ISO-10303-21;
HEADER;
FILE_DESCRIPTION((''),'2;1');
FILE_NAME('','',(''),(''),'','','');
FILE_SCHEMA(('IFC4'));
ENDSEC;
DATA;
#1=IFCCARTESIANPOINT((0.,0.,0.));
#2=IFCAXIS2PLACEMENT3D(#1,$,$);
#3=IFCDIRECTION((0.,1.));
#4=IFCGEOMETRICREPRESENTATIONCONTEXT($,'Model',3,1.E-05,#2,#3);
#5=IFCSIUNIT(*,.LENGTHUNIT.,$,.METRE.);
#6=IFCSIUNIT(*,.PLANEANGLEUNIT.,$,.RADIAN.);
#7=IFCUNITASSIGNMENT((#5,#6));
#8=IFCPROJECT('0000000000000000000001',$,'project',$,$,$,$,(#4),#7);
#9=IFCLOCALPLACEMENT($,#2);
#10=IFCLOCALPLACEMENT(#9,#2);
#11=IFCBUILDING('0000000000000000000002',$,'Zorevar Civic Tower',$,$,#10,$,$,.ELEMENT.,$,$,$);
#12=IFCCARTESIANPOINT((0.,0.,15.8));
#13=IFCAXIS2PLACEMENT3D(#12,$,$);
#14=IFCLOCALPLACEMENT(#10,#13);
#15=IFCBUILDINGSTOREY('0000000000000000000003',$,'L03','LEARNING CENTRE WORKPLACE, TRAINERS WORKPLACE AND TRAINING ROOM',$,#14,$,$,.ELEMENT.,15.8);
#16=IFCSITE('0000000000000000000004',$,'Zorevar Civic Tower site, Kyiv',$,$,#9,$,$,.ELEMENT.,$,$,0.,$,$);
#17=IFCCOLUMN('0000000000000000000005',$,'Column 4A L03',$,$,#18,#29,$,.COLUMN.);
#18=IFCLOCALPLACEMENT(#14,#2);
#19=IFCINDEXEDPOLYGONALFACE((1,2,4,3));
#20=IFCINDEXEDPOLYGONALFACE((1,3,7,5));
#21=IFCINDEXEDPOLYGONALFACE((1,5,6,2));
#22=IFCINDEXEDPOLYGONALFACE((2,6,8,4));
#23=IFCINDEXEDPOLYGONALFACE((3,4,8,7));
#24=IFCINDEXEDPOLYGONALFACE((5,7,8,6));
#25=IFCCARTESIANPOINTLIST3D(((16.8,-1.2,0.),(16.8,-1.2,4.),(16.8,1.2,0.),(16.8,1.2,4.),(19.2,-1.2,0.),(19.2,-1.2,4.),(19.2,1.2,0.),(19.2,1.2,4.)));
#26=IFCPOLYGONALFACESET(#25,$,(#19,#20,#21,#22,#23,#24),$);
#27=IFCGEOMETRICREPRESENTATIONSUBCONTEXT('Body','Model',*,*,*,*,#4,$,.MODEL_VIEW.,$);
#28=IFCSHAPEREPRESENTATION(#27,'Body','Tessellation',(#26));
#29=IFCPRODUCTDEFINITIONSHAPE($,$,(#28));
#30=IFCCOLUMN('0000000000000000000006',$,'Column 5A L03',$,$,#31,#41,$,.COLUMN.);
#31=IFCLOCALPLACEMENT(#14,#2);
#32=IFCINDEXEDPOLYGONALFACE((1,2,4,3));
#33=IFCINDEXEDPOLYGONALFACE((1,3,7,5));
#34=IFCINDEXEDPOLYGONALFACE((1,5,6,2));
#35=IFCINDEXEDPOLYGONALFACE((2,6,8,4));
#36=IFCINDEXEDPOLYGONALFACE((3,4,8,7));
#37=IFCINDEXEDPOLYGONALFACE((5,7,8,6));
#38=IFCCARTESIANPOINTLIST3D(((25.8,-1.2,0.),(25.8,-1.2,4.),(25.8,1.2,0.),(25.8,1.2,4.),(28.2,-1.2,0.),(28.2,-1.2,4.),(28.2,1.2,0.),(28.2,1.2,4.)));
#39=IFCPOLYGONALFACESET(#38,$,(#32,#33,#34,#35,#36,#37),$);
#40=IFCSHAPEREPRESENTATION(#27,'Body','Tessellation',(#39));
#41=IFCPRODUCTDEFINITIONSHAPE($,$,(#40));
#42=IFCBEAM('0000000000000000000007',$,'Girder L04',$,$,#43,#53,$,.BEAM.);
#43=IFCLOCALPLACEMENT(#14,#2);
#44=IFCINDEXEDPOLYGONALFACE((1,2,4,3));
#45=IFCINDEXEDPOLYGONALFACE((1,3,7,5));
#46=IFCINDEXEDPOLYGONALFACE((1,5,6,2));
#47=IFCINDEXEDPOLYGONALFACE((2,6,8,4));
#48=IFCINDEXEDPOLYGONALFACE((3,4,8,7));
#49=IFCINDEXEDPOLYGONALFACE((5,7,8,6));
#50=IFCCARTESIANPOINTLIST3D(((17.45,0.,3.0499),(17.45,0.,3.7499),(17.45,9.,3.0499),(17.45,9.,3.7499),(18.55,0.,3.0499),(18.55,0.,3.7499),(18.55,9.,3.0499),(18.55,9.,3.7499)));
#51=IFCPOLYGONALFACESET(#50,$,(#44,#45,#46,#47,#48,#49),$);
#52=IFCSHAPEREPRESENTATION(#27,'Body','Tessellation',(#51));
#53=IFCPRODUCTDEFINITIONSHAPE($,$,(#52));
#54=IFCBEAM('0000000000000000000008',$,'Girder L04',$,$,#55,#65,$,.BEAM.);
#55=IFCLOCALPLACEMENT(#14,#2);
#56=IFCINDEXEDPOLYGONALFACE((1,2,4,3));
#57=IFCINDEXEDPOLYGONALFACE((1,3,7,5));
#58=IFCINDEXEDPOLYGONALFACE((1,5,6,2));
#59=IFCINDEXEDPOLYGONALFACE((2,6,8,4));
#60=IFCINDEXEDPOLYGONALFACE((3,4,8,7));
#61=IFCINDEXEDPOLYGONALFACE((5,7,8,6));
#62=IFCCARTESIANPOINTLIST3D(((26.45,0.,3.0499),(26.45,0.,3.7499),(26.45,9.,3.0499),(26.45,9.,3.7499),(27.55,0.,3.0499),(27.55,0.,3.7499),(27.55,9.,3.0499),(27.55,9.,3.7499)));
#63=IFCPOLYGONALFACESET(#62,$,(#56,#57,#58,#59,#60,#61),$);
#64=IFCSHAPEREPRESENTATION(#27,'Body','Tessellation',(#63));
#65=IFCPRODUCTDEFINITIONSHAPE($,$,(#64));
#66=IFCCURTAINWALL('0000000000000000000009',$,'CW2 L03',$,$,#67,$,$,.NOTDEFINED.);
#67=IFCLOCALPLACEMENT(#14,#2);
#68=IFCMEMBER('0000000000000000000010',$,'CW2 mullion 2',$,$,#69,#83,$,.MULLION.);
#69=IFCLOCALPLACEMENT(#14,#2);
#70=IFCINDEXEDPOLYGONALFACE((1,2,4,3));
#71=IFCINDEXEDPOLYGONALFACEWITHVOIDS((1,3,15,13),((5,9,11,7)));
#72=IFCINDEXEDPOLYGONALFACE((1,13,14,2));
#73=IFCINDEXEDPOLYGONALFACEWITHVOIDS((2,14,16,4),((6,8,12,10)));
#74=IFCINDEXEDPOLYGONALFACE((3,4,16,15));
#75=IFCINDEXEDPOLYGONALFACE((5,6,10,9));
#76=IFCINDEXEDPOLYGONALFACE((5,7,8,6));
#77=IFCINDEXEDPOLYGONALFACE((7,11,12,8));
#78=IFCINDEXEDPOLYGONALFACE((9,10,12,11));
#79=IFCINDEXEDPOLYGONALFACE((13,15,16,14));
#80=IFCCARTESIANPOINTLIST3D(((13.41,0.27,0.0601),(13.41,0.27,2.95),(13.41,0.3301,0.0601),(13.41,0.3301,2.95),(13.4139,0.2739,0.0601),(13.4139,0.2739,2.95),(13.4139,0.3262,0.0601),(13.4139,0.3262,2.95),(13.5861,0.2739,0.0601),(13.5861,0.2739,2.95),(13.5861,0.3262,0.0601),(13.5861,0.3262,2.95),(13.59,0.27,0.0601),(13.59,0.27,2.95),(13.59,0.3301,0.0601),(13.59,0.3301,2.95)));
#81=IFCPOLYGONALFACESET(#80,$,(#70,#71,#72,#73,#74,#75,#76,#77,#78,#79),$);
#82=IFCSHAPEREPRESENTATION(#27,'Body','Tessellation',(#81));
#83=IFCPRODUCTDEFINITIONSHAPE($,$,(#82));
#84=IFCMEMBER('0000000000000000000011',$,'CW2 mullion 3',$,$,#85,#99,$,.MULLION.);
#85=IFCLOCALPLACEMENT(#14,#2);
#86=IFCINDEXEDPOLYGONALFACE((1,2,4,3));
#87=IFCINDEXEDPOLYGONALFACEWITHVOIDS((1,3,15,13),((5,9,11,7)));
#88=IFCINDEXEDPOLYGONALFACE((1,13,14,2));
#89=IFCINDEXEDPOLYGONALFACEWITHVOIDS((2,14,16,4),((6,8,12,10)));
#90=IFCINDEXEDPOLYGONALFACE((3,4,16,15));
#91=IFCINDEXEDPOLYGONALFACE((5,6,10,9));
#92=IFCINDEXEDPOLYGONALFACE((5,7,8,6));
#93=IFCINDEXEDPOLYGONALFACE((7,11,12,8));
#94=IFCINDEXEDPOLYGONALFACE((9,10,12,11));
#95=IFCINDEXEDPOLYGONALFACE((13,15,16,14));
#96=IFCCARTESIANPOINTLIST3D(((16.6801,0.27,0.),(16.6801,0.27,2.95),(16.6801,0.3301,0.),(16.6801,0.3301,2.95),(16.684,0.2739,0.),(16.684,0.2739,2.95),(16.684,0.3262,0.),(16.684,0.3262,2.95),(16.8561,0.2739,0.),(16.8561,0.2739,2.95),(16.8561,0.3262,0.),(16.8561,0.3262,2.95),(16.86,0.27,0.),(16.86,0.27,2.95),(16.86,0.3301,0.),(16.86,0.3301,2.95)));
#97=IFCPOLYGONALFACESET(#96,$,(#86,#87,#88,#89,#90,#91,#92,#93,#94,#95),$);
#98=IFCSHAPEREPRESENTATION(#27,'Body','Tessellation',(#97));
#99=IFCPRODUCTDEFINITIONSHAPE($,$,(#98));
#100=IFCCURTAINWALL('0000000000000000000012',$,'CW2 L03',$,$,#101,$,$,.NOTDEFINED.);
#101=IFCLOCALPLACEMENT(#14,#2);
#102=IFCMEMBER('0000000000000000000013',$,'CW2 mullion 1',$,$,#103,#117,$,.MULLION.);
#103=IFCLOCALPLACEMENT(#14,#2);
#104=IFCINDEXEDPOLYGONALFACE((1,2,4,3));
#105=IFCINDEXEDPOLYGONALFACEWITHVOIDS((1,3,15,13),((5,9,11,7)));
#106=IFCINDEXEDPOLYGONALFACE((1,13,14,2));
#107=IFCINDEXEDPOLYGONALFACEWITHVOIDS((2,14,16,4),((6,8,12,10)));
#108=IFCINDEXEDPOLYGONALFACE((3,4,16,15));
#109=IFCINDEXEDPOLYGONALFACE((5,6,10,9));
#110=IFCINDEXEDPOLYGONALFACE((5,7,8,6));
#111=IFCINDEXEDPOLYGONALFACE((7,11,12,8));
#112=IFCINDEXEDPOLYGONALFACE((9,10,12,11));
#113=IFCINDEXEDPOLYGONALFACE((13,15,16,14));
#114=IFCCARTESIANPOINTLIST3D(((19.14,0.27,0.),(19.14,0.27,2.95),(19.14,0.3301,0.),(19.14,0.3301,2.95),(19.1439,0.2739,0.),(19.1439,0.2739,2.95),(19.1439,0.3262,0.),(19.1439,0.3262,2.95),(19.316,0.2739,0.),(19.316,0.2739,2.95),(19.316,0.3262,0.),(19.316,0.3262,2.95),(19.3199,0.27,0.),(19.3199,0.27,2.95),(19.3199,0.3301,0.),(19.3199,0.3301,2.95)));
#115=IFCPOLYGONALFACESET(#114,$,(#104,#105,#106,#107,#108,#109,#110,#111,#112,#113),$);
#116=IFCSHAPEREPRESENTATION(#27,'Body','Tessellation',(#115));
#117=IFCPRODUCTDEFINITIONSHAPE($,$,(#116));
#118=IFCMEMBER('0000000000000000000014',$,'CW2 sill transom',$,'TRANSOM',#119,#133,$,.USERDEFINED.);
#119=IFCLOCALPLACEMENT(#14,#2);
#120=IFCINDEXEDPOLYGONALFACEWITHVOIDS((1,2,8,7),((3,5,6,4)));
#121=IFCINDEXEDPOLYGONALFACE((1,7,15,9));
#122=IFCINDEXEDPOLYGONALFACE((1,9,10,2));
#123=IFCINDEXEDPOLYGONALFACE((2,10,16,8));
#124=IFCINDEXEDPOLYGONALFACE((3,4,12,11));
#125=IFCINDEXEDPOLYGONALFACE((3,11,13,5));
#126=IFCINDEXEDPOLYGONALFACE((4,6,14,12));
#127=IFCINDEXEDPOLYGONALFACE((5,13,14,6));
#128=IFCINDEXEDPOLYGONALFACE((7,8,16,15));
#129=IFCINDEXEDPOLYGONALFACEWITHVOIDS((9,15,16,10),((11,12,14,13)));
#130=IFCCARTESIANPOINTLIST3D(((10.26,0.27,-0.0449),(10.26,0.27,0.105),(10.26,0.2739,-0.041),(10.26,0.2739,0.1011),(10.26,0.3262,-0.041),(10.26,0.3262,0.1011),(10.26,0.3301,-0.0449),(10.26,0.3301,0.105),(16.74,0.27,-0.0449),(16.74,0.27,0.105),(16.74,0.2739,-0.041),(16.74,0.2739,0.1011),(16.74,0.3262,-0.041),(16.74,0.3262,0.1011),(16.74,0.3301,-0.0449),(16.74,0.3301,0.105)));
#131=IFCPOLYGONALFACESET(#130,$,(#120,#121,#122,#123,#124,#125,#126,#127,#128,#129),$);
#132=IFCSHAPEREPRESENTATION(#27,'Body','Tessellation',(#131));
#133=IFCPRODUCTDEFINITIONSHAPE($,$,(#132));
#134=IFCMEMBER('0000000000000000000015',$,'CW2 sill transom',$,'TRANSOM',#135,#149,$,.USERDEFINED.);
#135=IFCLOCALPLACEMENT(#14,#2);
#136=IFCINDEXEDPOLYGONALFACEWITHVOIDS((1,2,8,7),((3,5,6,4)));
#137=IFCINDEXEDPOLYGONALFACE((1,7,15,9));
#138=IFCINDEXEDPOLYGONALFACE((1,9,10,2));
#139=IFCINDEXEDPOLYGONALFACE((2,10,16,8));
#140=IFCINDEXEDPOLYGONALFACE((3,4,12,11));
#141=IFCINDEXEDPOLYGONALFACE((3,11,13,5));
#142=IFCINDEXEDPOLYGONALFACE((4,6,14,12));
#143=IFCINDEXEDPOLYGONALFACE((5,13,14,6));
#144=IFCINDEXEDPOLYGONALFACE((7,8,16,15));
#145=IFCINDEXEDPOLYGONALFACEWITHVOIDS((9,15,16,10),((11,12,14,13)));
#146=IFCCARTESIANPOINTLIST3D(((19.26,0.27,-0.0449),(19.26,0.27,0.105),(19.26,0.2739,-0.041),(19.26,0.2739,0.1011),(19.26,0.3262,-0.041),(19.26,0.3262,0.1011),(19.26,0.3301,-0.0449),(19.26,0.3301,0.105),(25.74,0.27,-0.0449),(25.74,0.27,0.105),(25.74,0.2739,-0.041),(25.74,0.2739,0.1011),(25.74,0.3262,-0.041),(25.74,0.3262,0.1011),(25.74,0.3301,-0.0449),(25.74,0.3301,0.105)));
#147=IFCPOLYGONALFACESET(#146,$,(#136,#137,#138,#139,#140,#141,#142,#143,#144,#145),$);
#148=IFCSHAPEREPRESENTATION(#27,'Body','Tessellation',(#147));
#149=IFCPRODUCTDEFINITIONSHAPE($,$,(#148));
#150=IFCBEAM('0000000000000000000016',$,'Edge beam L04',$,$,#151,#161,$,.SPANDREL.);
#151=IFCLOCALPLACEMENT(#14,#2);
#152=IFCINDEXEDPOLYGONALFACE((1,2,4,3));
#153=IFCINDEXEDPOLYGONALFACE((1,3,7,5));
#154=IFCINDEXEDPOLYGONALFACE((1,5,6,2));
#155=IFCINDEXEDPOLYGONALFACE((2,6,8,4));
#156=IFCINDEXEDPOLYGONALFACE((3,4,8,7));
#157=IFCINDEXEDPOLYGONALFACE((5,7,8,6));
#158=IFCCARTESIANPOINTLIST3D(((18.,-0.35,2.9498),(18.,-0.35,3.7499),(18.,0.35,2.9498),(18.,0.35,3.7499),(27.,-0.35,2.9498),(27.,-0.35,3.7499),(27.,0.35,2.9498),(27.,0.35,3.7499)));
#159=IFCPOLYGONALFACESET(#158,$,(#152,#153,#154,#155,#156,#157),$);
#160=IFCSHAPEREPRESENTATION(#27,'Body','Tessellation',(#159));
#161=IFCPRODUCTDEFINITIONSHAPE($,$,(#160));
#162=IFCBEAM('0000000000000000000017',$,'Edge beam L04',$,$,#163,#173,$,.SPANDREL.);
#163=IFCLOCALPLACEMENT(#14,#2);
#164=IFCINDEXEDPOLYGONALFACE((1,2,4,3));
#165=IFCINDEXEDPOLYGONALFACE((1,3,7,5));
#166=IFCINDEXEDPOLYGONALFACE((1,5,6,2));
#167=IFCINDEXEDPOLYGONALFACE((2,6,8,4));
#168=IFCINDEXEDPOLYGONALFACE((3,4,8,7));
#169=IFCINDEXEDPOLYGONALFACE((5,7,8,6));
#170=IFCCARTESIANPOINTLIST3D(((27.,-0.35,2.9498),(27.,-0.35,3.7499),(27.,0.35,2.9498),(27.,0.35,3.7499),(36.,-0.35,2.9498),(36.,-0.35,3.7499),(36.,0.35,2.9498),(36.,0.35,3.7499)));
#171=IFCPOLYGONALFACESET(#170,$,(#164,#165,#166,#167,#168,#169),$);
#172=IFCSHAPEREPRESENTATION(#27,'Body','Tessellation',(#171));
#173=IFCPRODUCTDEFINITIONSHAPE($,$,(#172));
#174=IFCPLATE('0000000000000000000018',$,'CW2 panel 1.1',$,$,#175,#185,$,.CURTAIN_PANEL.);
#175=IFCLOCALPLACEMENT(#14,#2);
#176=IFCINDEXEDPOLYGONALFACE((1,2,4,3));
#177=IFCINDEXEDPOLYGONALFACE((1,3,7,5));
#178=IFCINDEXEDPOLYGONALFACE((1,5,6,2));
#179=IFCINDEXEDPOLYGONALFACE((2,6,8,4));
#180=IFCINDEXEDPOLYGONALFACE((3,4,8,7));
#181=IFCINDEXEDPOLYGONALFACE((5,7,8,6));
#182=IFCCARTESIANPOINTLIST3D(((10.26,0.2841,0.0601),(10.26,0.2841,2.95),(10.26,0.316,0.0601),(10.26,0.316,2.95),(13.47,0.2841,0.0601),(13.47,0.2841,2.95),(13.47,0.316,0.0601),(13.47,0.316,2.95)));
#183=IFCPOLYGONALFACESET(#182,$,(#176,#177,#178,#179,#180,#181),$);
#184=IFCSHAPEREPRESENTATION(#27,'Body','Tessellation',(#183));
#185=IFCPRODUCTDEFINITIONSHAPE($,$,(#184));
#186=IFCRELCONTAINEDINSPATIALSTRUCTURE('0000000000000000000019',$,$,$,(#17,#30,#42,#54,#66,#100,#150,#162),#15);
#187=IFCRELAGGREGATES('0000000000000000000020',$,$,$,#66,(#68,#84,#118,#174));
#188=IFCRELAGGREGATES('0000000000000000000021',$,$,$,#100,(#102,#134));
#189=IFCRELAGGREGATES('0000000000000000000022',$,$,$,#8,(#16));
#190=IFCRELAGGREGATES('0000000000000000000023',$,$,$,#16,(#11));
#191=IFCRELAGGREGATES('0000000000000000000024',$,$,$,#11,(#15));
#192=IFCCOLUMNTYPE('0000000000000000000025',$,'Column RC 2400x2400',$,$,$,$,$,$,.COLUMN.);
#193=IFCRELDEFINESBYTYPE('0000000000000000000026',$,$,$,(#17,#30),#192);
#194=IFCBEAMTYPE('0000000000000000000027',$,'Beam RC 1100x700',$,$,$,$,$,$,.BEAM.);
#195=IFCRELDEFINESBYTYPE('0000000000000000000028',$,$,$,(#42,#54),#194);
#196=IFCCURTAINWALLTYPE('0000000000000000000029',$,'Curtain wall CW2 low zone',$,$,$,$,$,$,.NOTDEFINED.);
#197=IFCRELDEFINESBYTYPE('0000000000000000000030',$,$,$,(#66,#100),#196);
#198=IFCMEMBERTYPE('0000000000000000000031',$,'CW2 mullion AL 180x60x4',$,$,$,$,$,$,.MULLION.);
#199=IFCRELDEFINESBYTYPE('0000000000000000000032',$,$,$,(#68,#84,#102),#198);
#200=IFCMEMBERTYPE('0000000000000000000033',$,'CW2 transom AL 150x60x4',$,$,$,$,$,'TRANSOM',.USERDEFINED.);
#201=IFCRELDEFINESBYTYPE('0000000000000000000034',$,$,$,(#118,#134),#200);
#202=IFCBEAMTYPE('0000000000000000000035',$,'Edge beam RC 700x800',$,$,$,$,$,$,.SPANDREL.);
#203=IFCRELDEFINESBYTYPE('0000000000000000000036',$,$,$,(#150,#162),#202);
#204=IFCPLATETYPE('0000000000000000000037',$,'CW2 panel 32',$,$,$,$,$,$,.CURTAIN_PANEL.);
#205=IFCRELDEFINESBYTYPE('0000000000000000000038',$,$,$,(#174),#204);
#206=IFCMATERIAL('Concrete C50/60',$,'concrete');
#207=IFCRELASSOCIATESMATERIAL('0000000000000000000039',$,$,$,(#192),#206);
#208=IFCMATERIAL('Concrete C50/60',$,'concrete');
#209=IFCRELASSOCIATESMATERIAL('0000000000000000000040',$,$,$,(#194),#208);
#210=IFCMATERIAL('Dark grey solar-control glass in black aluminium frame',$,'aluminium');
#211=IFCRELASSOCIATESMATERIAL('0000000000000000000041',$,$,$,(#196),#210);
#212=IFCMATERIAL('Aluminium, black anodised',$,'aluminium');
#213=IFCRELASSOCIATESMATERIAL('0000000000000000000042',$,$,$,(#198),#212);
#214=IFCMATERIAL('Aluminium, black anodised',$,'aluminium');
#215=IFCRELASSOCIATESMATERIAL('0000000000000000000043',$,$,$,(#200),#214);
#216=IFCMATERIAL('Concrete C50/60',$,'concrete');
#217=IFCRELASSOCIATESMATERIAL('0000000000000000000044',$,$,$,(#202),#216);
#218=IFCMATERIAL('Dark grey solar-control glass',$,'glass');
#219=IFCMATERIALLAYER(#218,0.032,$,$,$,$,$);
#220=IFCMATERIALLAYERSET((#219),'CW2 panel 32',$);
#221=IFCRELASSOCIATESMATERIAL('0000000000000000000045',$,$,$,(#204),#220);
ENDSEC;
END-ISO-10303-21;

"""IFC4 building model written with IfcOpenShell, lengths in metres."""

from ifc_helpers import new_model, si_unit, direction, frame, origin, origin_2d, place, context, subcontext, project, spatial, rectangle, hollow_rectangle, extrude, material, layer, layer_set, material_profile, profile_set, type_object, element, aggregate, save


model = new_model("IFC4")

# Units and contexts
model_context = context("Model", 3, precision=1e-05, world=origin(), true_north=direction((0.0, 1.0)))
body_context = subcontext(model_context, "Body", "Model", "MODEL_VIEW")
ifc_project = project(units=[si_unit("LENGTHUNIT", "METRE"), si_unit("PLANEANGLEUNIT", "RADIAN")], contexts=[model_context])

# Site, building, storey
site_placement = place(None, origin())
site = spatial("IfcSite", under=ifc_project, at=site_placement, Name="Zorevar Civic Tower site, Kyiv", CompositionType="ELEMENT", RefElevation=0.0)
building_placement = place(site_placement, origin())
building = spatial("IfcBuilding", under=site, at=building_placement, Name="Zorevar Civic Tower", CompositionType="ELEMENT")
storey_placement = place(building_placement, frame((0.0, 0.0, 15.8)))
storey = spatial("IfcBuildingStorey", under=building, at=storey_placement, Name="L03", Description="LEARNING CENTRE WORKPLACE, TRAINERS WORKPLACE AND TRAINING ROOM", CompositionType="ELEMENT", Elevation=15.8)

# Columns
ifc_material_1 = material(Name="Concrete C50/60", Category="concrete")
ifc_material_profile_1 = material_profile(ifc_material_1, rectangle(XDim=2.3999, YDim=2.3999, at=origin_2d()), Name="RC 2400x2400")
ifc_profile_set_1 = profile_set([ifc_material_profile_1], Name="Concrete C50/60")
column_type = type_object("IfcColumnType", Name="Column RC 2400x2400", PredefinedType="COLUMN", material=ifc_profile_set_1)
for number, where, z_axis, x_axis, name in (
    (1, (18.0, 0.0, 0.0), (0.0, 0.0, 1.0), (1.0, 0.0, 0.0), "Column 4A L03"),
    (2, (27.0, 0.0, 0.0), (0.0, 0.0, 1.0), (1.0, 0.0, 0.0), "Column 5A L03"),
):
    element("IfcColumn", number, at=place(storey_placement, frame(where, z_axis=z_axis, x_axis=x_axis)), inside=storey, type_object=column_type, Name=name, PredefinedType="COLUMN", context=body_context, shape_type="SweptSolid", body=[
        extrude(rectangle(XDim=2.3999, YDim=2.3999, at=origin_2d()), origin(), (0.0, 0.0, 1.0), 4.0),
    ])

# Beams
ifc_material_2 = material(Name="Concrete C50/60", Category="concrete")
ifc_material_profile_2 = material_profile(ifc_material_2, rectangle(XDim=1.1001, YDim=0.7, at=origin_2d()), Name="RC 1100x700")
ifc_profile_set_2 = profile_set([ifc_material_profile_2], Name="Concrete C50/60")
beam_type_1 = type_object("IfcBeamType", Name="Beam RC 1100x700", PredefinedType="BEAM", material=ifc_profile_set_2)
for number, where, z_axis, x_axis, name in (
    (3, (18.0, 0.0, 3.3999), (0.0, 1.0, 0.0), (-1.0, 0.0, 0.0), "Girder L04"),
    (4, (27.0, 0.0, 3.3999), (0.0, 1.0, 0.0), (-1.0, 0.0, 0.0), "Girder L04"),
):
    element("IfcBeam", number, at=place(storey_placement, frame(where, z_axis=z_axis, x_axis=x_axis)), inside=storey, type_object=beam_type_1, Name=name, PredefinedType="BEAM", context=body_context, shape_type="SweptSolid", body=[
        extrude(rectangle(XDim=1.1001, YDim=0.7, at=origin_2d()), origin(), (0.0, 0.0, 1.0), 9.0),
    ])

# Curtain wall, members
ifc_material_3 = material(Name="Dark grey solar-control glass in black aluminium frame", Category="aluminium")
curtain_wall_type = type_object("IfcCurtainWallType", Name="Curtain wall CW2 low zone", PredefinedType="NOTDEFINED", material=ifc_material_3)
curtain_wall_1_placement = place(storey_placement, origin())
curtain_wall_1 = element("IfcCurtainWall", 5, at=curtain_wall_1_placement, inside=storey, type_object=curtain_wall_type, Name="CW2 L03", PredefinedType="NOTDEFINED")
ifc_material_4 = material(Name="Aluminium, black anodised", Category="aluminium")
ifc_material_profile_3 = material_profile(ifc_material_4, hollow_rectangle(XDim=0.0601, YDim=0.1799, WallThickness=0.0039, at=origin_2d()), Name="AL 180x60x4")
ifc_profile_set_3 = profile_set([ifc_material_profile_3], Name="Aluminium, black anodised")
member_type_1 = type_object("IfcMemberType", Name="CW2 mullion AL 180x60x4", PredefinedType="MULLION", material=ifc_profile_set_3)
member_1_placement = place(storey_placement, frame((13.5, 0.3, 0.0601), z_axis=(0.0, 0.0, 1.0), x_axis=(0.0, 1.0, 0.0)))
member_1 = element("IfcMember", 6, at=member_1_placement, type_object=member_type_1, Name="CW2 mullion 2", PredefinedType="MULLION", context=body_context, shape_type="SweptSolid", body=[
    extrude(hollow_rectangle(XDim=0.0601, YDim=0.1799, WallThickness=0.0039, at=origin_2d()), origin(), (0.0, 0.0, 1.0), 2.8899),
])
member_2_placement = place(storey_placement, frame((16.77, 0.3, 0.0), z_axis=(0.0, 0.0, 1.0), x_axis=(0.0, 1.0, 0.0)))
member_2 = element("IfcMember", 7, at=member_2_placement, type_object=member_type_1, Name="CW2 mullion 3", PredefinedType="MULLION", context=body_context, shape_type="SweptSolid", body=[
    extrude(hollow_rectangle(XDim=0.0601, YDim=0.1799, WallThickness=0.0039, at=origin_2d()), origin(), (0.0, 0.0, 1.0), 2.95),
])

# Curtain wall, member
curtain_wall_2_placement = place(storey_placement, origin())
curtain_wall_2 = element("IfcCurtainWall", 8, at=curtain_wall_2_placement, inside=storey, type_object=curtain_wall_type, Name="CW2 L03", PredefinedType="NOTDEFINED")
member_3_placement = place(storey_placement, frame((19.23, 0.3, 0.0), z_axis=(0.0, 0.0, 1.0), x_axis=(0.0, 1.0, 0.0)))
member_3 = element("IfcMember", 9, at=member_3_placement, type_object=member_type_1, Name="CW2 mullion 1", PredefinedType="MULLION", context=body_context, shape_type="SweptSolid", body=[
    extrude(hollow_rectangle(XDim=0.0601, YDim=0.1799, WallThickness=0.0039, at=origin_2d()), origin(), (0.0, 0.0, 1.0), 2.95),
])

# Members
ifc_material_5 = material(Name="Aluminium, black anodised", Category="aluminium")
ifc_material_profile_4 = material_profile(ifc_material_5, hollow_rectangle(XDim=0.0601, YDim=0.1499, WallThickness=0.0039, at=origin_2d()), Name="AL 150x60x4")
ifc_profile_set_4 = profile_set([ifc_material_profile_4], Name="Aluminium, black anodised")
member_type_2 = type_object("IfcMemberType", Name="CW2 transom AL 150x60x4", ElementType="TRANSOM", PredefinedType="USERDEFINED", material=ifc_profile_set_4)
member_4_placement = place(storey_placement, frame((10.26, 0.3, 0.03), z_axis=(1.0, 0.0, 0.0), x_axis=(0.0, 1.0, 0.0)))
member_4 = element("IfcMember", 10, at=member_4_placement, type_object=member_type_2, Name="CW2 sill transom", ObjectType="TRANSOM", PredefinedType="USERDEFINED", context=body_context, shape_type="SweptSolid", body=[
    extrude(hollow_rectangle(XDim=0.0601, YDim=0.1499, WallThickness=0.0039, at=origin_2d()), origin(), (0.0, 0.0, 1.0), 6.48),
])
member_5_placement = place(storey_placement, frame((19.26, 0.3, 0.03), z_axis=(1.0, 0.0, 0.0), x_axis=(0.0, 1.0, 0.0)))
member_5 = element("IfcMember", 11, at=member_5_placement, type_object=member_type_2, Name="CW2 sill transom", ObjectType="TRANSOM", PredefinedType="USERDEFINED", context=body_context, shape_type="SweptSolid", body=[
    extrude(hollow_rectangle(XDim=0.0601, YDim=0.1499, WallThickness=0.0039, at=origin_2d()), origin(), (0.0, 0.0, 1.0), 6.48),
])

# Beams
ifc_material_6 = material(Name="Concrete C50/60", Category="concrete")
ifc_material_profile_5 = material_profile(ifc_material_6, rectangle(XDim=0.7, YDim=0.8, at=origin_2d()), Name="RC 700x800")
ifc_profile_set_5 = profile_set([ifc_material_profile_5], Name="Concrete C50/60")
beam_type_2 = type_object("IfcBeamType", Name="Edge beam RC 700x800", PredefinedType="SPANDREL", material=ifc_profile_set_5)
for number, where, z_axis, x_axis, name in (
    (12, (18.0, 0.0, 3.3499), (1.0, 0.0, 0.0), (0.0, 1.0, 0.0), "Edge beam L04"),
    (13, (27.0, 0.0, 3.3499), (1.0, 0.0, 0.0), (0.0, 1.0, 0.0), "Edge beam L04"),
):
    element("IfcBeam", number, at=place(storey_placement, frame(where, z_axis=z_axis, x_axis=x_axis)), inside=storey, type_object=beam_type_2, Name=name, PredefinedType="SPANDREL", context=body_context, shape_type="SweptSolid", body=[
        extrude(rectangle(XDim=0.7, YDim=0.8, at=origin_2d()), origin(), (0.0, 0.0, 1.0), 9.0),
    ])

# Plate
ifc_material_7 = material(Name="Dark grey solar-control glass", Category="glass")
ifc_layer_1 = layer(ifc_material_7, 0.032)
ifc_layer_set_1 = layer_set([ifc_layer_1], Name="CW2 panel 32")
plate_type = type_object("IfcPlateType", Name="CW2 panel 32", PredefinedType="CURTAIN_PANEL", material=ifc_layer_set_1)
plate_1_placement = place(storey_placement, frame((11.865, 0.3, 0.0601), z_axis=(0.0, 0.0, 1.0), x_axis=(1.0, 0.0, 0.0)))
plate_1 = element("IfcPlate", 14, at=plate_1_placement, type_object=plate_type, Name="CW2 panel 1.1", PredefinedType="CURTAIN_PANEL", context=body_context, shape_type="SweptSolid", body=[
    extrude(rectangle(XDim=3.21, YDim=0.032, at=origin_2d()), origin(), (0.0, 0.0, 1.0), 2.8899),
])
aggregate(curtain_wall_1, [member_1, member_2, member_4, plate_1])
aggregate(curtain_wall_2, [member_3, member_5])

save(model, "model.ifc")
